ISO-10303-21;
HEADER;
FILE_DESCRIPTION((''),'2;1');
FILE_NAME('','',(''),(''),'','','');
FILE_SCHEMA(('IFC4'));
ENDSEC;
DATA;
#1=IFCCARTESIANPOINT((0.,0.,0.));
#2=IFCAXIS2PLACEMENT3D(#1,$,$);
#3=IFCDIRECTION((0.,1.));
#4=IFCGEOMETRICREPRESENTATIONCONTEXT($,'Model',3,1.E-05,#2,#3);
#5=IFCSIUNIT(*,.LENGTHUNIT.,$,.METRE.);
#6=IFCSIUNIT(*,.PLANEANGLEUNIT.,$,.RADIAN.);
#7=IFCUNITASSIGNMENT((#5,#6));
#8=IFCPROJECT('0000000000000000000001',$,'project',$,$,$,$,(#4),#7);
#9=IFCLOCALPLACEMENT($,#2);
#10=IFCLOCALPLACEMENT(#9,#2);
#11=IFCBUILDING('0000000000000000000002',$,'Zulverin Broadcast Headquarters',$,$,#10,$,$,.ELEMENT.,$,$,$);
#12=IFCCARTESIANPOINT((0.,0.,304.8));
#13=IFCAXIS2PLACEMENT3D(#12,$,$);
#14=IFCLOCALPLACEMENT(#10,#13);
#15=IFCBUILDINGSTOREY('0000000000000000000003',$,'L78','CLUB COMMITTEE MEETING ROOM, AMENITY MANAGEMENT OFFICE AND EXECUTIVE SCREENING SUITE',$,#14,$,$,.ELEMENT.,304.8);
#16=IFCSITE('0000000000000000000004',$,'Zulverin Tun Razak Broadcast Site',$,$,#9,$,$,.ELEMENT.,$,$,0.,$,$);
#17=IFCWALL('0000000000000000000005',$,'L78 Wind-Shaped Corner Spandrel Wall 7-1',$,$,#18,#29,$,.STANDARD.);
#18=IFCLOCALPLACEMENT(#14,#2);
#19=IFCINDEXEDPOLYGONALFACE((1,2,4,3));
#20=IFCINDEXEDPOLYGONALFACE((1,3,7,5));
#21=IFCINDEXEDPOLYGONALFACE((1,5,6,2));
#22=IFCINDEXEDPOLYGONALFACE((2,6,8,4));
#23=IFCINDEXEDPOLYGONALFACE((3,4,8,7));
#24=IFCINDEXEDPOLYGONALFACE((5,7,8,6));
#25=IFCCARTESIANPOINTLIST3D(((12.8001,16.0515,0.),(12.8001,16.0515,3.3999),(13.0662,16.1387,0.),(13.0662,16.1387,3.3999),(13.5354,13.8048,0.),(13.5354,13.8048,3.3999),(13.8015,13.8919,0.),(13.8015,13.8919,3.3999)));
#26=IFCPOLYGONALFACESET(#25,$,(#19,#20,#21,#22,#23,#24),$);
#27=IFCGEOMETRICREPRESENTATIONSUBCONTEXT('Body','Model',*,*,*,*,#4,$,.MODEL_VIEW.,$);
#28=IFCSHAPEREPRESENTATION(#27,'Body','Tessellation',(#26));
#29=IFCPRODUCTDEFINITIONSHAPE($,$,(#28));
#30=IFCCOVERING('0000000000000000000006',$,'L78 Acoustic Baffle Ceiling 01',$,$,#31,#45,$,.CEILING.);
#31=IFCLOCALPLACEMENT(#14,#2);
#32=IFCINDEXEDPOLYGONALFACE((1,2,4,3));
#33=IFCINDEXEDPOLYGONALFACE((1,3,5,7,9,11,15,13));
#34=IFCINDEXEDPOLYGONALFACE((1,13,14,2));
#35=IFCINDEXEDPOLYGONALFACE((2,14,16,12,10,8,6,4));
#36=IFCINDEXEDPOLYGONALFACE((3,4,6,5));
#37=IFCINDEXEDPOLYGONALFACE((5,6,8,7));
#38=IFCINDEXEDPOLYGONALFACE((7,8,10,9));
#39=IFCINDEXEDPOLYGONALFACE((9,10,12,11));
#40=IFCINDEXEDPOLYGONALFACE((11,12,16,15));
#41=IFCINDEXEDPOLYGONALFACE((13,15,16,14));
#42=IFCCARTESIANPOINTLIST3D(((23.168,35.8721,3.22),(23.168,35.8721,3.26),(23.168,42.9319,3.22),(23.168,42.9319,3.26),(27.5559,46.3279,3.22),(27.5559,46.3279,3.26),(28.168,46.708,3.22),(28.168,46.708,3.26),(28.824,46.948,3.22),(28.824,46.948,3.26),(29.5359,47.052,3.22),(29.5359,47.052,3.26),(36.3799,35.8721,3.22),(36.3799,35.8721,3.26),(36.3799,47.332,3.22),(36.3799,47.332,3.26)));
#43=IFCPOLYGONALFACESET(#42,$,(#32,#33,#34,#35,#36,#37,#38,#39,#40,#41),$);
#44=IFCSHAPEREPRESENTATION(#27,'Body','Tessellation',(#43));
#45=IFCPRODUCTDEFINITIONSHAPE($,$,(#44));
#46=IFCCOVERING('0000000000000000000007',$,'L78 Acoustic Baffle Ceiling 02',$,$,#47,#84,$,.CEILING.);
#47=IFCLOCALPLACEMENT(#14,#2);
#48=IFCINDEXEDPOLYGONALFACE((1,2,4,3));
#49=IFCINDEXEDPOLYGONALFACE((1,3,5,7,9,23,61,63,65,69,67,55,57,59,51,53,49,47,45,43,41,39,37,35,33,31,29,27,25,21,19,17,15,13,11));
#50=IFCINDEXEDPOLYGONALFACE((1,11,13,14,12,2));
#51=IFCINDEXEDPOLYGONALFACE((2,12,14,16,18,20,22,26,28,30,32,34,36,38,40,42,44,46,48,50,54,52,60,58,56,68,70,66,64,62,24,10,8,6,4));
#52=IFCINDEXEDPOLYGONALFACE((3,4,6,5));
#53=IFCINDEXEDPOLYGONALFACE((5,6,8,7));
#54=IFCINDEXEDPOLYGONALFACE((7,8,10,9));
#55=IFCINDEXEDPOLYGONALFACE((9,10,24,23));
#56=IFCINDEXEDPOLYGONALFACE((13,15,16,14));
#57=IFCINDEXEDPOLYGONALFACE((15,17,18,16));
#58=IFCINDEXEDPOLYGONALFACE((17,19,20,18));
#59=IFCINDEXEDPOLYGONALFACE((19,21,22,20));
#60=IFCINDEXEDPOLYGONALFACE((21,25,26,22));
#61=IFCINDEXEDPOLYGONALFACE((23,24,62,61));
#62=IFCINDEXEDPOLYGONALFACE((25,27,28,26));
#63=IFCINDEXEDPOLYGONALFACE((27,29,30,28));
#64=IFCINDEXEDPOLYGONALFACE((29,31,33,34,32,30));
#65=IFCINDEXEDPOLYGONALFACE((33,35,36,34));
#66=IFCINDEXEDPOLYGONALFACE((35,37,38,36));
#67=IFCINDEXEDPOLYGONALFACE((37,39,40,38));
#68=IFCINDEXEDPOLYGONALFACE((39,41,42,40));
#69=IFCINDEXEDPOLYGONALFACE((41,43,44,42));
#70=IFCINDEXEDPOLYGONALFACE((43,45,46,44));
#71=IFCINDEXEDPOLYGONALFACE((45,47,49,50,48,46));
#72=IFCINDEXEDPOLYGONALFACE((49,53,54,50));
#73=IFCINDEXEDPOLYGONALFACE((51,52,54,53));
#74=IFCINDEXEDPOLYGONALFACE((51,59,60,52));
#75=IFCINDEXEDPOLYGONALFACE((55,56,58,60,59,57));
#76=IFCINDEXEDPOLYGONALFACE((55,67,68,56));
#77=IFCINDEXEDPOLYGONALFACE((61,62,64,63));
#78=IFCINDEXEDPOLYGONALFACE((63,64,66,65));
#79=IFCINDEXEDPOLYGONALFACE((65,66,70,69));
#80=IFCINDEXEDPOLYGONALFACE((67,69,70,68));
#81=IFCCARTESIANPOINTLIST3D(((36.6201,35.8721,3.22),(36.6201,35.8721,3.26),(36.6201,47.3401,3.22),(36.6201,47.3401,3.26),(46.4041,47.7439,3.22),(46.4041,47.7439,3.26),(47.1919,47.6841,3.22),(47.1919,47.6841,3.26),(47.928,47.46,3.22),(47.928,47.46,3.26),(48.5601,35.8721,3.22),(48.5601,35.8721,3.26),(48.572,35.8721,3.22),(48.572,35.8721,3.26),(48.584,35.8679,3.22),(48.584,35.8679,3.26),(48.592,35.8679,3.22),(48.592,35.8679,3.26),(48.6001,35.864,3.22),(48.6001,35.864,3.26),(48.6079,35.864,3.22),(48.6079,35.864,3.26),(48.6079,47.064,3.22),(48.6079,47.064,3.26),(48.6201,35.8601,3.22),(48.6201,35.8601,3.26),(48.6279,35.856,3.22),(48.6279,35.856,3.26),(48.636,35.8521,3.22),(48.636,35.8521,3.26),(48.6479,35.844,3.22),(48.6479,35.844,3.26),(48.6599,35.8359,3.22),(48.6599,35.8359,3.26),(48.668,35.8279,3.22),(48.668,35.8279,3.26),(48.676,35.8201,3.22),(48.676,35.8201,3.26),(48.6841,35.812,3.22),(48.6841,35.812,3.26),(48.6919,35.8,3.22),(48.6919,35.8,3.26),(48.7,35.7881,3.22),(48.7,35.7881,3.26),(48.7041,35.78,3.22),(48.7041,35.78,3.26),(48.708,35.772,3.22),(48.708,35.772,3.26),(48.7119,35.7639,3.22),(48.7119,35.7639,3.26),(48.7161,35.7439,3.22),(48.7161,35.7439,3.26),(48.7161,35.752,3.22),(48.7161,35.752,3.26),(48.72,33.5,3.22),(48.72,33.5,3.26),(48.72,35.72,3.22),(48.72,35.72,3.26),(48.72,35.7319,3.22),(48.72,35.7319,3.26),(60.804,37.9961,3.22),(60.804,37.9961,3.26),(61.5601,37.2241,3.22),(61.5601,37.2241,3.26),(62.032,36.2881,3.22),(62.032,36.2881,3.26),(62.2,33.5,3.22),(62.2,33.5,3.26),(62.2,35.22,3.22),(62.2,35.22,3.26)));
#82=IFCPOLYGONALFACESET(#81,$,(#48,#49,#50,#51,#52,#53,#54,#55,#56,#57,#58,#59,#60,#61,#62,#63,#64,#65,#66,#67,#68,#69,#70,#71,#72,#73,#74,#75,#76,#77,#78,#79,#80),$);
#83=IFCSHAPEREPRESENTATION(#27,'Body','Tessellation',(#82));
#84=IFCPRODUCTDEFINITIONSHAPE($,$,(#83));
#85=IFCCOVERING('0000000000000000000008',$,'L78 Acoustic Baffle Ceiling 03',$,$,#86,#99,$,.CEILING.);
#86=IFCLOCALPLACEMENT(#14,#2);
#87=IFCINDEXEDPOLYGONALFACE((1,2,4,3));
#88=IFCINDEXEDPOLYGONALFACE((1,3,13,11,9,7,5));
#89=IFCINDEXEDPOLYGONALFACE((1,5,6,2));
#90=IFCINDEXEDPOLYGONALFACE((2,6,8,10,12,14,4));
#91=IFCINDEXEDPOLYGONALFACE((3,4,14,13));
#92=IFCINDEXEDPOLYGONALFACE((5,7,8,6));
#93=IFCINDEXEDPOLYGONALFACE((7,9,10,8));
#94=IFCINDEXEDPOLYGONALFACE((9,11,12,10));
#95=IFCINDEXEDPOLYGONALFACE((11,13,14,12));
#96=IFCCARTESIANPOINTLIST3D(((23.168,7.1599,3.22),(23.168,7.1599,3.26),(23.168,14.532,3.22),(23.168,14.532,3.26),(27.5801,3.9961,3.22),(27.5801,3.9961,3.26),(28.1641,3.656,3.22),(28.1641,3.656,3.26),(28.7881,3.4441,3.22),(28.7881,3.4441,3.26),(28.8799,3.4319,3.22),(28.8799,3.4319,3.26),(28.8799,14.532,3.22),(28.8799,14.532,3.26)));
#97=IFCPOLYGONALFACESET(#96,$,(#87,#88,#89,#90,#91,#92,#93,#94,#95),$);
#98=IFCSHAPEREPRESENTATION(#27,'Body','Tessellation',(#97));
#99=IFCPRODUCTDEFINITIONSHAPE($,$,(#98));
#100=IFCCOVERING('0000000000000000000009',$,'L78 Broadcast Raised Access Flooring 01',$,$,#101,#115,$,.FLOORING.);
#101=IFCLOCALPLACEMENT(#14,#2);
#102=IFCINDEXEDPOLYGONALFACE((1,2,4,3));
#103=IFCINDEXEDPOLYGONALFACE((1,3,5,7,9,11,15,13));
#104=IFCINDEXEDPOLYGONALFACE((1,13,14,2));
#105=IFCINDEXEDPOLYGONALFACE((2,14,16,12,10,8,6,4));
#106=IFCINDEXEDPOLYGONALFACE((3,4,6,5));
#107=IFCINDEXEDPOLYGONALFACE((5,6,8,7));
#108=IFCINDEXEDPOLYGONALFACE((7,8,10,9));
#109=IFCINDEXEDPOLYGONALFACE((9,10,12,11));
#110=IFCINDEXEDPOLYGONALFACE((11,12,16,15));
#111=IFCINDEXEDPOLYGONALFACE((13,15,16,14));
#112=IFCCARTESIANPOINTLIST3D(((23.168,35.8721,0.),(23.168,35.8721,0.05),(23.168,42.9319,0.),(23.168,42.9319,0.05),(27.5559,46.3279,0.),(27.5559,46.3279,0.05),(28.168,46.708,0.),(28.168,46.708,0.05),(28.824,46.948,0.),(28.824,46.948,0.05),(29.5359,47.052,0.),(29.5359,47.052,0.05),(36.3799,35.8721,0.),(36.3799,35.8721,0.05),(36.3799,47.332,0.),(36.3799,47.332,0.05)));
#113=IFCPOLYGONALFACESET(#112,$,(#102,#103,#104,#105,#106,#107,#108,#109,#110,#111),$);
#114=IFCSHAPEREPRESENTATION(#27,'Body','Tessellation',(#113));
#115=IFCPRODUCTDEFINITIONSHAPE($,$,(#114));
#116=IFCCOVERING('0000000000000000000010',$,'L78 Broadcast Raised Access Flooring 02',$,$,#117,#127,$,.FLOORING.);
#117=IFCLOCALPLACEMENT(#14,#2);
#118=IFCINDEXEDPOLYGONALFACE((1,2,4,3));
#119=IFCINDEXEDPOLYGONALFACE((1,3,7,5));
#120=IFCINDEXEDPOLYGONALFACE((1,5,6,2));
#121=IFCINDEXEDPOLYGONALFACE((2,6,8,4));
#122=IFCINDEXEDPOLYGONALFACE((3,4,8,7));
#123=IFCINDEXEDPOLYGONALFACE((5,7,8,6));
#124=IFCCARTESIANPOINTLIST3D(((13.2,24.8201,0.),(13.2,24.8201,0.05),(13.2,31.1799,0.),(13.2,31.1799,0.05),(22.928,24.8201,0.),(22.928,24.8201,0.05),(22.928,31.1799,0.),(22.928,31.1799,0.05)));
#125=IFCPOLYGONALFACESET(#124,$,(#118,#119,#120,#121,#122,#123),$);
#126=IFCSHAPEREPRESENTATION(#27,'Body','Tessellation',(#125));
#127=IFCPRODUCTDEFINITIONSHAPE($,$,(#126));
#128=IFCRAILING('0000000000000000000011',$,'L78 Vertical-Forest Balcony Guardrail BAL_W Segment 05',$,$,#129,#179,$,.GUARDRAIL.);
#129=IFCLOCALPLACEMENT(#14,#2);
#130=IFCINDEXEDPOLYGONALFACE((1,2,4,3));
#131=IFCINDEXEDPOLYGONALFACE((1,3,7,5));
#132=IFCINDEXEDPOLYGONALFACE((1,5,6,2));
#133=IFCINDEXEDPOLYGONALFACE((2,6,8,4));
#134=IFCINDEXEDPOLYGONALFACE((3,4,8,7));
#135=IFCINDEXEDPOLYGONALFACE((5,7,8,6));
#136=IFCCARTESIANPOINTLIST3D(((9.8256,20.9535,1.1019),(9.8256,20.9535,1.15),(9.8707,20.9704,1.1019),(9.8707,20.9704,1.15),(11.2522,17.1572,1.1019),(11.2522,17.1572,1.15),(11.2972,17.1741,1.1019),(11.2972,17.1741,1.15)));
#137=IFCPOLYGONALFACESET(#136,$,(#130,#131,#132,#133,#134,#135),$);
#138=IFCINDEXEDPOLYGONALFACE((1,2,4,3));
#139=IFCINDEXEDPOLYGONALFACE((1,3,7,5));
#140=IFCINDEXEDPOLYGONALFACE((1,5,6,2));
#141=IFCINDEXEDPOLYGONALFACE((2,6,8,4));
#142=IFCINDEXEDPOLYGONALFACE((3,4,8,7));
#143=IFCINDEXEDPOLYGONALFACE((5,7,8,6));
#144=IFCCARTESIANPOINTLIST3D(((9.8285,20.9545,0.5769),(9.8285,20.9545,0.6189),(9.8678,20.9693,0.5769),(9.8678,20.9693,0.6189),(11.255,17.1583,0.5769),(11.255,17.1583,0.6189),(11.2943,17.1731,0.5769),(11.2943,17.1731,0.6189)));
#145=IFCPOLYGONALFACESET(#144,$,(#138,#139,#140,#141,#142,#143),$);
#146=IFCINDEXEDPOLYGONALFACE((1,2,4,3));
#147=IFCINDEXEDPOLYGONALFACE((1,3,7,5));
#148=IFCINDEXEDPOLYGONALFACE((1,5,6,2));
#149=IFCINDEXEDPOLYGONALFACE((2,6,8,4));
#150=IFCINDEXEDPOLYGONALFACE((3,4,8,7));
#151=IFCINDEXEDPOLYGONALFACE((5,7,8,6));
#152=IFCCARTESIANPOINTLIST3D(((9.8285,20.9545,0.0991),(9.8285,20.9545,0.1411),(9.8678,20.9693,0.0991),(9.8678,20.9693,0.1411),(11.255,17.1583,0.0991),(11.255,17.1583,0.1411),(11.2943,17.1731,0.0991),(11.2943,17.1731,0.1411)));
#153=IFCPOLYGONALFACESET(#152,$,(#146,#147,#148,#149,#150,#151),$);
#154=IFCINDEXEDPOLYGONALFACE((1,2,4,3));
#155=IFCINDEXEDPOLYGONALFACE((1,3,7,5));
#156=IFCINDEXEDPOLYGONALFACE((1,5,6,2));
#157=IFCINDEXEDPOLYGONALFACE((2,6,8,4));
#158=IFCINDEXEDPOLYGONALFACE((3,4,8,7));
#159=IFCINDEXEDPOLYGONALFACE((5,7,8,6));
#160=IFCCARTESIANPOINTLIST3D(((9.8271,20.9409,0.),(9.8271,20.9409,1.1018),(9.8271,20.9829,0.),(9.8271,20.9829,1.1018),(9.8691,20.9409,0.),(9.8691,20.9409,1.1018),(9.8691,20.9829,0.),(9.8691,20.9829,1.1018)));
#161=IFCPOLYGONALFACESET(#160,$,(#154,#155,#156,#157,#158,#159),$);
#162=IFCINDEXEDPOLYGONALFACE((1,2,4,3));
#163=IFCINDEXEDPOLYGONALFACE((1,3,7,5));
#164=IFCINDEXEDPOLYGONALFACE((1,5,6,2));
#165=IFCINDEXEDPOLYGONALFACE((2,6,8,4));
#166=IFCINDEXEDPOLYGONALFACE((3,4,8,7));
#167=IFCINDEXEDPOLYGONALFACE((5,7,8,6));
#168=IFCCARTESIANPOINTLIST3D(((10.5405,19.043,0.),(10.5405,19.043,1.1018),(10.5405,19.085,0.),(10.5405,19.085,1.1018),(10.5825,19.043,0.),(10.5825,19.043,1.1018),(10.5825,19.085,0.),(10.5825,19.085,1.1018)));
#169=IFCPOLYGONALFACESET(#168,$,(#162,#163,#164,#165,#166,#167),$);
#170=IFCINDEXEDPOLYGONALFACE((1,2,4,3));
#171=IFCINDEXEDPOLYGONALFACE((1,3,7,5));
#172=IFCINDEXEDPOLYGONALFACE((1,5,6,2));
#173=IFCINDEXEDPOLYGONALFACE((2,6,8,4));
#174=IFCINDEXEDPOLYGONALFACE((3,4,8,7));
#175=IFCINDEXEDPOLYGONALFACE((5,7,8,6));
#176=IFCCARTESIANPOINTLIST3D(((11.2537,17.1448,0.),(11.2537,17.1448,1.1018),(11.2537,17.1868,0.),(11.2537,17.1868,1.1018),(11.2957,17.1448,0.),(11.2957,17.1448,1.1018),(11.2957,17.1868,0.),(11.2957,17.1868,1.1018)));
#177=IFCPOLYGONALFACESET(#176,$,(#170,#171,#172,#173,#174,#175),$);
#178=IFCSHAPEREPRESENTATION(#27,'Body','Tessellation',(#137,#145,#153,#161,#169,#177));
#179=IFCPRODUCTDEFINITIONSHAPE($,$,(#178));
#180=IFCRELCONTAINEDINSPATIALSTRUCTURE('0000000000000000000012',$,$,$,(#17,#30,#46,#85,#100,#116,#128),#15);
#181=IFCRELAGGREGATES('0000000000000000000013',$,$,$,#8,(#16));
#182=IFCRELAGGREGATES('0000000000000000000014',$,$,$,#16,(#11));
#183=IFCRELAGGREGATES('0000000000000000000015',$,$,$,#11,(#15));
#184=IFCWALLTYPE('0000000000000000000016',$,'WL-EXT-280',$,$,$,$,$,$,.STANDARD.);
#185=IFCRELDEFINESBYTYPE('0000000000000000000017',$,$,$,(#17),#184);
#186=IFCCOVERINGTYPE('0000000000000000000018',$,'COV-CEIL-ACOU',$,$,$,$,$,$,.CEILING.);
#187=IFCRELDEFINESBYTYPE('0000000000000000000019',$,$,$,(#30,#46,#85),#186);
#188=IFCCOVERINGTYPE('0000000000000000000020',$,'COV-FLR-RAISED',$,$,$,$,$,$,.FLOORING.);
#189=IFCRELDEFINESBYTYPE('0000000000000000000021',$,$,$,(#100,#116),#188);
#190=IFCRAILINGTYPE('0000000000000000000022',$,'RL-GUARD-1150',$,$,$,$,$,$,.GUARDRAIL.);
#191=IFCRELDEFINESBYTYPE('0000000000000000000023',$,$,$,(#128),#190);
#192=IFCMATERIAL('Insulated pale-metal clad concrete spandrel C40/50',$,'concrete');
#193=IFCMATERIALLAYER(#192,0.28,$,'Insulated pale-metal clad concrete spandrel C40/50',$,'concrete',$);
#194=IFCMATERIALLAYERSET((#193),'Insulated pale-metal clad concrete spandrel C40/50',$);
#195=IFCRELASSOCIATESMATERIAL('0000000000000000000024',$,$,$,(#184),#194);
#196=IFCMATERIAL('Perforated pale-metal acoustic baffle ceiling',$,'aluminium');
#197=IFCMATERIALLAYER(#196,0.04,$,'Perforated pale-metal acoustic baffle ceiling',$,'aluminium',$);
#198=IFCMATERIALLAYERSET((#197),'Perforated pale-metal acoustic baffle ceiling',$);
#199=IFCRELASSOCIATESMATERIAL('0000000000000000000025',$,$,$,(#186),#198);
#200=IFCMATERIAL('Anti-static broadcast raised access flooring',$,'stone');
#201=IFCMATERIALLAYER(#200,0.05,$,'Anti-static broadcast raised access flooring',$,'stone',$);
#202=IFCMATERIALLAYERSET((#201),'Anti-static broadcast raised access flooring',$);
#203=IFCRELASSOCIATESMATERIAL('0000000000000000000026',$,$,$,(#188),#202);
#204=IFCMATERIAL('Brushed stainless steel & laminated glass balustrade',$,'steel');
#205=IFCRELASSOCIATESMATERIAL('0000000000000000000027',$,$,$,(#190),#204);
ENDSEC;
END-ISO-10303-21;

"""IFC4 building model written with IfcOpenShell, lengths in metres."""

from ifc_helpers import new_model, si_unit, direction, frame, frame_2d, origin, origin_2d, place, context, subcontext, project, spatial, polyline, rectangle, outline, extrude, material, layer, layer_set, type_object, element, save


model = new_model("IFC4")

# Units and contexts
model_context = context("Model", 3, precision=1e-05, world=origin(), true_north=direction((0.0, 1.0)))
body_context = subcontext(model_context, "Body", "Model", "MODEL_VIEW")
ifc_project = project(units=[si_unit("LENGTHUNIT", "METRE"), si_unit("PLANEANGLEUNIT", "RADIAN")], contexts=[model_context])

# Site, building, storey
site_placement = place(None, origin())
site = spatial("IfcSite", under=ifc_project, at=site_placement, Name="Zulverin Tun Razak Broadcast Site", CompositionType="ELEMENT", RefElevation=0.0)
building_placement = place(site_placement, origin())
building = spatial("IfcBuilding", under=site, at=building_placement, Name="Zulverin Broadcast Headquarters", CompositionType="ELEMENT")
storey_placement = place(building_placement, frame((0.0, 0.0, 304.8)))
storey = spatial("IfcBuildingStorey", under=building, at=storey_placement, Name="L78", Description="CLUB COMMITTEE MEETING ROOM, AMENITY MANAGEMENT OFFICE AND EXECUTIVE SCREENING SUITE", CompositionType="ELEMENT", Elevation=304.8)

# Wall
ifc_material_1 = material(Name="Insulated pale-metal clad concrete spandrel C40/50", Category="concrete")
ifc_layer_1 = layer(ifc_material_1, 0.28, Name="Insulated pale-metal clad concrete spandrel C40/50", Category="concrete")
ifc_layer_set_1 = layer_set([ifc_layer_1], Name="Insulated pale-metal clad concrete spandrel C40/50")
wall_type_1 = type_object("IfcWallType", Name="WL-EXT-280", PredefinedType="STANDARD", material=ifc_layer_set_1)
wall_1_placement = place(storey_placement, frame((12.9331, 16.0952, 0.0), z_axis=(0.0, 0.0, 1.0), x_axis=(0.311049, -0.950394, 0.0)))
element("IfcWall", 1, at=wall_1_placement, inside=storey, type_object=wall_type_1, Name="L78 Wind-Shaped Corner Spandrel Wall 7-1", PredefinedType="STANDARD", context=body_context, shape_type="SweptSolid", body=[
    extrude(rectangle(XDim=2.364, YDim=0.28, at=frame_2d((1.1821, 0.0))), origin(), (0.0, 0.0, 1.0), 3.3999),
])

# Coverings
ifc_material_2 = material(Name="Perforated pale-metal acoustic baffle ceiling", Category="aluminium")
ifc_layer_2 = layer(ifc_material_2, 0.04, Name="Perforated pale-metal acoustic baffle ceiling", Category="aluminium")
ifc_layer_set_2 = layer_set([ifc_layer_2], Name="Perforated pale-metal acoustic baffle ceiling")
covering_type_1 = type_object("IfcCoveringType", Name="COV-CEIL-ACOU", PredefinedType="CEILING", material=ifc_layer_set_2)
covering_1_placement = place(storey_placement, frame((0.0, 0.0, 3.22)))
element("IfcCovering", 2, at=covering_1_placement, inside=storey, type_object=covering_type_1, Name="L78 Acoustic Baffle Ceiling 01", PredefinedType="CEILING", context=body_context, shape_type="SweptSolid", body=[
    extrude(outline(polyline([(36.3799, 35.8721), (36.3799, 47.332), (29.5359, 47.052), (28.824, 46.948), (28.168, 46.708), (27.5559, 46.3279), (23.168, 42.9319), (23.168, 35.8721), (36.3799, 35.8721)])), origin(), (0.0, 0.0, 1.0), 0.04),
])
covering_2_placement = place(storey_placement, frame((0.0, 0.0, 3.22)))
element("IfcCovering", 3, at=covering_2_placement, inside=storey, type_object=covering_type_1, Name="L78 Acoustic Baffle Ceiling 02", PredefinedType="CEILING", context=body_context, shape_type="SweptSolid", body=[
    extrude(outline(polyline([(48.6079, 47.064), (47.928, 47.46), (47.1919, 47.6841), (46.4041, 47.7439), (36.6201, 47.3401), (36.6201, 35.8721), (48.5601, 35.8721), (48.572, 35.8721), (48.584, 35.8679), (48.592, 35.8679), (48.6001, 35.864), (48.6079, 35.864), (48.6201, 35.8601), (48.6279, 35.856), (48.636, 35.8521), (48.6479, 35.844), (48.6599, 35.8359), (48.668, 35.8279), (48.676, 35.8201), (48.6841, 35.812), (48.6919, 35.8), (48.7, 35.7881), (48.7041, 35.78), (48.708, 35.772), (48.7119, 35.7639), (48.7161, 35.752), (48.7161, 35.7439), (48.72, 35.7319), (48.72, 35.72), (48.72, 33.5), (62.2, 33.5), (62.2, 35.22), (62.032, 36.2881), (61.5601, 37.2241), (60.804, 37.9961), (48.6079, 47.064)])), origin(), (0.0, 0.0, 1.0), 0.04),
])
covering_3_placement = place(storey_placement, frame((0.0, 0.0, 3.22)))
element("IfcCovering", 4, at=covering_3_placement, inside=storey, type_object=covering_type_1, Name="L78 Acoustic Baffle Ceiling 03", PredefinedType="CEILING", context=body_context, shape_type="SweptSolid", body=[
    extrude(outline(polyline([(27.5801, 3.9961), (28.1641, 3.656), (28.7881, 3.4441), (28.8799, 3.4319), (28.8799, 14.532), (23.168, 14.532), (23.168, 7.1599), (27.5801, 3.9961)])), origin(), (0.0, 0.0, 1.0), 0.04),
])
ifc_material_3 = material(Name="Anti-static broadcast raised access flooring", Category="stone")
ifc_layer_3 = layer(ifc_material_3, 0.05, Name="Anti-static broadcast raised access flooring", Category="stone")
ifc_layer_set_3 = layer_set([ifc_layer_3], Name="Anti-static broadcast raised access flooring")
covering_type_2 = type_object("IfcCoveringType", Name="COV-FLR-RAISED", PredefinedType="FLOORING", material=ifc_layer_set_3)
covering_4_placement = place(storey_placement, origin())
element("IfcCovering", 5, at=covering_4_placement, inside=storey, type_object=covering_type_2, Name="L78 Broadcast Raised Access Flooring 01", PredefinedType="FLOORING", context=body_context, shape_type="SweptSolid", body=[
    extrude(outline(polyline([(36.3799, 35.8721), (36.3799, 47.332), (29.5359, 47.052), (28.824, 46.948), (28.168, 46.708), (27.5559, 46.3279), (23.168, 42.9319), (23.168, 35.8721), (36.3799, 35.8721)])), origin(), (0.0, 0.0, 1.0), 0.05),
])
covering_5_placement = place(storey_placement, origin())
element("IfcCovering", 6, at=covering_5_placement, inside=storey, type_object=covering_type_2, Name="L78 Broadcast Raised Access Flooring 02", PredefinedType="FLOORING", context=body_context, shape_type="SweptSolid", body=[
    extrude(outline(polyline([(22.928, 31.1799), (13.2, 31.1799), (13.2, 24.8201), (22.928, 24.8201), (22.928, 31.1799)])), origin(), (0.0, 0.0, 1.0), 0.05),
])

# Railing
ifc_material_4 = material(Name="Brushed stainless steel & laminated glass balustrade", Category="steel")
railing_type = type_object("IfcRailingType", Name="RL-GUARD-1150", PredefinedType="GUARDRAIL", material=ifc_material_4)
railing_1_placement = place(storey_placement, frame((9.8481, 20.9619, 0.0)))
element("IfcRailing", 7, at=railing_1_placement, inside=storey, type_object=railing_type, Name="L78 Vertical-Forest Balcony Guardrail BAL_W Segment 05", PredefinedType="GUARDRAIL", context=body_context, shape_type="SweptSolid", body=[
    extrude(rectangle(XDim=0.0481, YDim=0.0481, at=origin_2d()), frame((0.0, 0.0, 1.126), z_axis=(0.351763, -0.936089, 0.0), x_axis=(0.936089, 0.351763, 0.0)), (0.0, 0.0, 1.0), 4.0554),
    extrude(rectangle(XDim=0.042, YDim=0.042, at=origin_2d()), frame((0.0, 0.0, 0.5979), z_axis=(0.351763, -0.936089, 0.0), x_axis=(0.936089, 0.351763, 0.0)), (0.0, 0.0, 1.0), 4.0554),
    extrude(rectangle(XDim=0.042, YDim=0.042, at=origin_2d()), frame((0.0, 0.0, 0.1201), z_axis=(0.351763, -0.936089, 0.0), x_axis=(0.936089, 0.351763, 0.0)), (0.0, 0.0, 1.0), 4.0554),
    extrude(rectangle(XDim=0.042, YDim=0.042, at=origin_2d()), origin(), (0.0, 0.0, 1.0), 1.1018),
    extrude(rectangle(XDim=0.042, YDim=0.042, at=origin_2d()), frame((0.7134, -1.8979, 0.0)), (0.0, 0.0, 1.0), 1.1018),
    extrude(rectangle(XDim=0.042, YDim=0.042, at=origin_2d()), frame((1.4265, -3.7961, 0.0)), (0.0, 0.0, 1.0), 1.1018),
])

save(model, "model.ifc")
